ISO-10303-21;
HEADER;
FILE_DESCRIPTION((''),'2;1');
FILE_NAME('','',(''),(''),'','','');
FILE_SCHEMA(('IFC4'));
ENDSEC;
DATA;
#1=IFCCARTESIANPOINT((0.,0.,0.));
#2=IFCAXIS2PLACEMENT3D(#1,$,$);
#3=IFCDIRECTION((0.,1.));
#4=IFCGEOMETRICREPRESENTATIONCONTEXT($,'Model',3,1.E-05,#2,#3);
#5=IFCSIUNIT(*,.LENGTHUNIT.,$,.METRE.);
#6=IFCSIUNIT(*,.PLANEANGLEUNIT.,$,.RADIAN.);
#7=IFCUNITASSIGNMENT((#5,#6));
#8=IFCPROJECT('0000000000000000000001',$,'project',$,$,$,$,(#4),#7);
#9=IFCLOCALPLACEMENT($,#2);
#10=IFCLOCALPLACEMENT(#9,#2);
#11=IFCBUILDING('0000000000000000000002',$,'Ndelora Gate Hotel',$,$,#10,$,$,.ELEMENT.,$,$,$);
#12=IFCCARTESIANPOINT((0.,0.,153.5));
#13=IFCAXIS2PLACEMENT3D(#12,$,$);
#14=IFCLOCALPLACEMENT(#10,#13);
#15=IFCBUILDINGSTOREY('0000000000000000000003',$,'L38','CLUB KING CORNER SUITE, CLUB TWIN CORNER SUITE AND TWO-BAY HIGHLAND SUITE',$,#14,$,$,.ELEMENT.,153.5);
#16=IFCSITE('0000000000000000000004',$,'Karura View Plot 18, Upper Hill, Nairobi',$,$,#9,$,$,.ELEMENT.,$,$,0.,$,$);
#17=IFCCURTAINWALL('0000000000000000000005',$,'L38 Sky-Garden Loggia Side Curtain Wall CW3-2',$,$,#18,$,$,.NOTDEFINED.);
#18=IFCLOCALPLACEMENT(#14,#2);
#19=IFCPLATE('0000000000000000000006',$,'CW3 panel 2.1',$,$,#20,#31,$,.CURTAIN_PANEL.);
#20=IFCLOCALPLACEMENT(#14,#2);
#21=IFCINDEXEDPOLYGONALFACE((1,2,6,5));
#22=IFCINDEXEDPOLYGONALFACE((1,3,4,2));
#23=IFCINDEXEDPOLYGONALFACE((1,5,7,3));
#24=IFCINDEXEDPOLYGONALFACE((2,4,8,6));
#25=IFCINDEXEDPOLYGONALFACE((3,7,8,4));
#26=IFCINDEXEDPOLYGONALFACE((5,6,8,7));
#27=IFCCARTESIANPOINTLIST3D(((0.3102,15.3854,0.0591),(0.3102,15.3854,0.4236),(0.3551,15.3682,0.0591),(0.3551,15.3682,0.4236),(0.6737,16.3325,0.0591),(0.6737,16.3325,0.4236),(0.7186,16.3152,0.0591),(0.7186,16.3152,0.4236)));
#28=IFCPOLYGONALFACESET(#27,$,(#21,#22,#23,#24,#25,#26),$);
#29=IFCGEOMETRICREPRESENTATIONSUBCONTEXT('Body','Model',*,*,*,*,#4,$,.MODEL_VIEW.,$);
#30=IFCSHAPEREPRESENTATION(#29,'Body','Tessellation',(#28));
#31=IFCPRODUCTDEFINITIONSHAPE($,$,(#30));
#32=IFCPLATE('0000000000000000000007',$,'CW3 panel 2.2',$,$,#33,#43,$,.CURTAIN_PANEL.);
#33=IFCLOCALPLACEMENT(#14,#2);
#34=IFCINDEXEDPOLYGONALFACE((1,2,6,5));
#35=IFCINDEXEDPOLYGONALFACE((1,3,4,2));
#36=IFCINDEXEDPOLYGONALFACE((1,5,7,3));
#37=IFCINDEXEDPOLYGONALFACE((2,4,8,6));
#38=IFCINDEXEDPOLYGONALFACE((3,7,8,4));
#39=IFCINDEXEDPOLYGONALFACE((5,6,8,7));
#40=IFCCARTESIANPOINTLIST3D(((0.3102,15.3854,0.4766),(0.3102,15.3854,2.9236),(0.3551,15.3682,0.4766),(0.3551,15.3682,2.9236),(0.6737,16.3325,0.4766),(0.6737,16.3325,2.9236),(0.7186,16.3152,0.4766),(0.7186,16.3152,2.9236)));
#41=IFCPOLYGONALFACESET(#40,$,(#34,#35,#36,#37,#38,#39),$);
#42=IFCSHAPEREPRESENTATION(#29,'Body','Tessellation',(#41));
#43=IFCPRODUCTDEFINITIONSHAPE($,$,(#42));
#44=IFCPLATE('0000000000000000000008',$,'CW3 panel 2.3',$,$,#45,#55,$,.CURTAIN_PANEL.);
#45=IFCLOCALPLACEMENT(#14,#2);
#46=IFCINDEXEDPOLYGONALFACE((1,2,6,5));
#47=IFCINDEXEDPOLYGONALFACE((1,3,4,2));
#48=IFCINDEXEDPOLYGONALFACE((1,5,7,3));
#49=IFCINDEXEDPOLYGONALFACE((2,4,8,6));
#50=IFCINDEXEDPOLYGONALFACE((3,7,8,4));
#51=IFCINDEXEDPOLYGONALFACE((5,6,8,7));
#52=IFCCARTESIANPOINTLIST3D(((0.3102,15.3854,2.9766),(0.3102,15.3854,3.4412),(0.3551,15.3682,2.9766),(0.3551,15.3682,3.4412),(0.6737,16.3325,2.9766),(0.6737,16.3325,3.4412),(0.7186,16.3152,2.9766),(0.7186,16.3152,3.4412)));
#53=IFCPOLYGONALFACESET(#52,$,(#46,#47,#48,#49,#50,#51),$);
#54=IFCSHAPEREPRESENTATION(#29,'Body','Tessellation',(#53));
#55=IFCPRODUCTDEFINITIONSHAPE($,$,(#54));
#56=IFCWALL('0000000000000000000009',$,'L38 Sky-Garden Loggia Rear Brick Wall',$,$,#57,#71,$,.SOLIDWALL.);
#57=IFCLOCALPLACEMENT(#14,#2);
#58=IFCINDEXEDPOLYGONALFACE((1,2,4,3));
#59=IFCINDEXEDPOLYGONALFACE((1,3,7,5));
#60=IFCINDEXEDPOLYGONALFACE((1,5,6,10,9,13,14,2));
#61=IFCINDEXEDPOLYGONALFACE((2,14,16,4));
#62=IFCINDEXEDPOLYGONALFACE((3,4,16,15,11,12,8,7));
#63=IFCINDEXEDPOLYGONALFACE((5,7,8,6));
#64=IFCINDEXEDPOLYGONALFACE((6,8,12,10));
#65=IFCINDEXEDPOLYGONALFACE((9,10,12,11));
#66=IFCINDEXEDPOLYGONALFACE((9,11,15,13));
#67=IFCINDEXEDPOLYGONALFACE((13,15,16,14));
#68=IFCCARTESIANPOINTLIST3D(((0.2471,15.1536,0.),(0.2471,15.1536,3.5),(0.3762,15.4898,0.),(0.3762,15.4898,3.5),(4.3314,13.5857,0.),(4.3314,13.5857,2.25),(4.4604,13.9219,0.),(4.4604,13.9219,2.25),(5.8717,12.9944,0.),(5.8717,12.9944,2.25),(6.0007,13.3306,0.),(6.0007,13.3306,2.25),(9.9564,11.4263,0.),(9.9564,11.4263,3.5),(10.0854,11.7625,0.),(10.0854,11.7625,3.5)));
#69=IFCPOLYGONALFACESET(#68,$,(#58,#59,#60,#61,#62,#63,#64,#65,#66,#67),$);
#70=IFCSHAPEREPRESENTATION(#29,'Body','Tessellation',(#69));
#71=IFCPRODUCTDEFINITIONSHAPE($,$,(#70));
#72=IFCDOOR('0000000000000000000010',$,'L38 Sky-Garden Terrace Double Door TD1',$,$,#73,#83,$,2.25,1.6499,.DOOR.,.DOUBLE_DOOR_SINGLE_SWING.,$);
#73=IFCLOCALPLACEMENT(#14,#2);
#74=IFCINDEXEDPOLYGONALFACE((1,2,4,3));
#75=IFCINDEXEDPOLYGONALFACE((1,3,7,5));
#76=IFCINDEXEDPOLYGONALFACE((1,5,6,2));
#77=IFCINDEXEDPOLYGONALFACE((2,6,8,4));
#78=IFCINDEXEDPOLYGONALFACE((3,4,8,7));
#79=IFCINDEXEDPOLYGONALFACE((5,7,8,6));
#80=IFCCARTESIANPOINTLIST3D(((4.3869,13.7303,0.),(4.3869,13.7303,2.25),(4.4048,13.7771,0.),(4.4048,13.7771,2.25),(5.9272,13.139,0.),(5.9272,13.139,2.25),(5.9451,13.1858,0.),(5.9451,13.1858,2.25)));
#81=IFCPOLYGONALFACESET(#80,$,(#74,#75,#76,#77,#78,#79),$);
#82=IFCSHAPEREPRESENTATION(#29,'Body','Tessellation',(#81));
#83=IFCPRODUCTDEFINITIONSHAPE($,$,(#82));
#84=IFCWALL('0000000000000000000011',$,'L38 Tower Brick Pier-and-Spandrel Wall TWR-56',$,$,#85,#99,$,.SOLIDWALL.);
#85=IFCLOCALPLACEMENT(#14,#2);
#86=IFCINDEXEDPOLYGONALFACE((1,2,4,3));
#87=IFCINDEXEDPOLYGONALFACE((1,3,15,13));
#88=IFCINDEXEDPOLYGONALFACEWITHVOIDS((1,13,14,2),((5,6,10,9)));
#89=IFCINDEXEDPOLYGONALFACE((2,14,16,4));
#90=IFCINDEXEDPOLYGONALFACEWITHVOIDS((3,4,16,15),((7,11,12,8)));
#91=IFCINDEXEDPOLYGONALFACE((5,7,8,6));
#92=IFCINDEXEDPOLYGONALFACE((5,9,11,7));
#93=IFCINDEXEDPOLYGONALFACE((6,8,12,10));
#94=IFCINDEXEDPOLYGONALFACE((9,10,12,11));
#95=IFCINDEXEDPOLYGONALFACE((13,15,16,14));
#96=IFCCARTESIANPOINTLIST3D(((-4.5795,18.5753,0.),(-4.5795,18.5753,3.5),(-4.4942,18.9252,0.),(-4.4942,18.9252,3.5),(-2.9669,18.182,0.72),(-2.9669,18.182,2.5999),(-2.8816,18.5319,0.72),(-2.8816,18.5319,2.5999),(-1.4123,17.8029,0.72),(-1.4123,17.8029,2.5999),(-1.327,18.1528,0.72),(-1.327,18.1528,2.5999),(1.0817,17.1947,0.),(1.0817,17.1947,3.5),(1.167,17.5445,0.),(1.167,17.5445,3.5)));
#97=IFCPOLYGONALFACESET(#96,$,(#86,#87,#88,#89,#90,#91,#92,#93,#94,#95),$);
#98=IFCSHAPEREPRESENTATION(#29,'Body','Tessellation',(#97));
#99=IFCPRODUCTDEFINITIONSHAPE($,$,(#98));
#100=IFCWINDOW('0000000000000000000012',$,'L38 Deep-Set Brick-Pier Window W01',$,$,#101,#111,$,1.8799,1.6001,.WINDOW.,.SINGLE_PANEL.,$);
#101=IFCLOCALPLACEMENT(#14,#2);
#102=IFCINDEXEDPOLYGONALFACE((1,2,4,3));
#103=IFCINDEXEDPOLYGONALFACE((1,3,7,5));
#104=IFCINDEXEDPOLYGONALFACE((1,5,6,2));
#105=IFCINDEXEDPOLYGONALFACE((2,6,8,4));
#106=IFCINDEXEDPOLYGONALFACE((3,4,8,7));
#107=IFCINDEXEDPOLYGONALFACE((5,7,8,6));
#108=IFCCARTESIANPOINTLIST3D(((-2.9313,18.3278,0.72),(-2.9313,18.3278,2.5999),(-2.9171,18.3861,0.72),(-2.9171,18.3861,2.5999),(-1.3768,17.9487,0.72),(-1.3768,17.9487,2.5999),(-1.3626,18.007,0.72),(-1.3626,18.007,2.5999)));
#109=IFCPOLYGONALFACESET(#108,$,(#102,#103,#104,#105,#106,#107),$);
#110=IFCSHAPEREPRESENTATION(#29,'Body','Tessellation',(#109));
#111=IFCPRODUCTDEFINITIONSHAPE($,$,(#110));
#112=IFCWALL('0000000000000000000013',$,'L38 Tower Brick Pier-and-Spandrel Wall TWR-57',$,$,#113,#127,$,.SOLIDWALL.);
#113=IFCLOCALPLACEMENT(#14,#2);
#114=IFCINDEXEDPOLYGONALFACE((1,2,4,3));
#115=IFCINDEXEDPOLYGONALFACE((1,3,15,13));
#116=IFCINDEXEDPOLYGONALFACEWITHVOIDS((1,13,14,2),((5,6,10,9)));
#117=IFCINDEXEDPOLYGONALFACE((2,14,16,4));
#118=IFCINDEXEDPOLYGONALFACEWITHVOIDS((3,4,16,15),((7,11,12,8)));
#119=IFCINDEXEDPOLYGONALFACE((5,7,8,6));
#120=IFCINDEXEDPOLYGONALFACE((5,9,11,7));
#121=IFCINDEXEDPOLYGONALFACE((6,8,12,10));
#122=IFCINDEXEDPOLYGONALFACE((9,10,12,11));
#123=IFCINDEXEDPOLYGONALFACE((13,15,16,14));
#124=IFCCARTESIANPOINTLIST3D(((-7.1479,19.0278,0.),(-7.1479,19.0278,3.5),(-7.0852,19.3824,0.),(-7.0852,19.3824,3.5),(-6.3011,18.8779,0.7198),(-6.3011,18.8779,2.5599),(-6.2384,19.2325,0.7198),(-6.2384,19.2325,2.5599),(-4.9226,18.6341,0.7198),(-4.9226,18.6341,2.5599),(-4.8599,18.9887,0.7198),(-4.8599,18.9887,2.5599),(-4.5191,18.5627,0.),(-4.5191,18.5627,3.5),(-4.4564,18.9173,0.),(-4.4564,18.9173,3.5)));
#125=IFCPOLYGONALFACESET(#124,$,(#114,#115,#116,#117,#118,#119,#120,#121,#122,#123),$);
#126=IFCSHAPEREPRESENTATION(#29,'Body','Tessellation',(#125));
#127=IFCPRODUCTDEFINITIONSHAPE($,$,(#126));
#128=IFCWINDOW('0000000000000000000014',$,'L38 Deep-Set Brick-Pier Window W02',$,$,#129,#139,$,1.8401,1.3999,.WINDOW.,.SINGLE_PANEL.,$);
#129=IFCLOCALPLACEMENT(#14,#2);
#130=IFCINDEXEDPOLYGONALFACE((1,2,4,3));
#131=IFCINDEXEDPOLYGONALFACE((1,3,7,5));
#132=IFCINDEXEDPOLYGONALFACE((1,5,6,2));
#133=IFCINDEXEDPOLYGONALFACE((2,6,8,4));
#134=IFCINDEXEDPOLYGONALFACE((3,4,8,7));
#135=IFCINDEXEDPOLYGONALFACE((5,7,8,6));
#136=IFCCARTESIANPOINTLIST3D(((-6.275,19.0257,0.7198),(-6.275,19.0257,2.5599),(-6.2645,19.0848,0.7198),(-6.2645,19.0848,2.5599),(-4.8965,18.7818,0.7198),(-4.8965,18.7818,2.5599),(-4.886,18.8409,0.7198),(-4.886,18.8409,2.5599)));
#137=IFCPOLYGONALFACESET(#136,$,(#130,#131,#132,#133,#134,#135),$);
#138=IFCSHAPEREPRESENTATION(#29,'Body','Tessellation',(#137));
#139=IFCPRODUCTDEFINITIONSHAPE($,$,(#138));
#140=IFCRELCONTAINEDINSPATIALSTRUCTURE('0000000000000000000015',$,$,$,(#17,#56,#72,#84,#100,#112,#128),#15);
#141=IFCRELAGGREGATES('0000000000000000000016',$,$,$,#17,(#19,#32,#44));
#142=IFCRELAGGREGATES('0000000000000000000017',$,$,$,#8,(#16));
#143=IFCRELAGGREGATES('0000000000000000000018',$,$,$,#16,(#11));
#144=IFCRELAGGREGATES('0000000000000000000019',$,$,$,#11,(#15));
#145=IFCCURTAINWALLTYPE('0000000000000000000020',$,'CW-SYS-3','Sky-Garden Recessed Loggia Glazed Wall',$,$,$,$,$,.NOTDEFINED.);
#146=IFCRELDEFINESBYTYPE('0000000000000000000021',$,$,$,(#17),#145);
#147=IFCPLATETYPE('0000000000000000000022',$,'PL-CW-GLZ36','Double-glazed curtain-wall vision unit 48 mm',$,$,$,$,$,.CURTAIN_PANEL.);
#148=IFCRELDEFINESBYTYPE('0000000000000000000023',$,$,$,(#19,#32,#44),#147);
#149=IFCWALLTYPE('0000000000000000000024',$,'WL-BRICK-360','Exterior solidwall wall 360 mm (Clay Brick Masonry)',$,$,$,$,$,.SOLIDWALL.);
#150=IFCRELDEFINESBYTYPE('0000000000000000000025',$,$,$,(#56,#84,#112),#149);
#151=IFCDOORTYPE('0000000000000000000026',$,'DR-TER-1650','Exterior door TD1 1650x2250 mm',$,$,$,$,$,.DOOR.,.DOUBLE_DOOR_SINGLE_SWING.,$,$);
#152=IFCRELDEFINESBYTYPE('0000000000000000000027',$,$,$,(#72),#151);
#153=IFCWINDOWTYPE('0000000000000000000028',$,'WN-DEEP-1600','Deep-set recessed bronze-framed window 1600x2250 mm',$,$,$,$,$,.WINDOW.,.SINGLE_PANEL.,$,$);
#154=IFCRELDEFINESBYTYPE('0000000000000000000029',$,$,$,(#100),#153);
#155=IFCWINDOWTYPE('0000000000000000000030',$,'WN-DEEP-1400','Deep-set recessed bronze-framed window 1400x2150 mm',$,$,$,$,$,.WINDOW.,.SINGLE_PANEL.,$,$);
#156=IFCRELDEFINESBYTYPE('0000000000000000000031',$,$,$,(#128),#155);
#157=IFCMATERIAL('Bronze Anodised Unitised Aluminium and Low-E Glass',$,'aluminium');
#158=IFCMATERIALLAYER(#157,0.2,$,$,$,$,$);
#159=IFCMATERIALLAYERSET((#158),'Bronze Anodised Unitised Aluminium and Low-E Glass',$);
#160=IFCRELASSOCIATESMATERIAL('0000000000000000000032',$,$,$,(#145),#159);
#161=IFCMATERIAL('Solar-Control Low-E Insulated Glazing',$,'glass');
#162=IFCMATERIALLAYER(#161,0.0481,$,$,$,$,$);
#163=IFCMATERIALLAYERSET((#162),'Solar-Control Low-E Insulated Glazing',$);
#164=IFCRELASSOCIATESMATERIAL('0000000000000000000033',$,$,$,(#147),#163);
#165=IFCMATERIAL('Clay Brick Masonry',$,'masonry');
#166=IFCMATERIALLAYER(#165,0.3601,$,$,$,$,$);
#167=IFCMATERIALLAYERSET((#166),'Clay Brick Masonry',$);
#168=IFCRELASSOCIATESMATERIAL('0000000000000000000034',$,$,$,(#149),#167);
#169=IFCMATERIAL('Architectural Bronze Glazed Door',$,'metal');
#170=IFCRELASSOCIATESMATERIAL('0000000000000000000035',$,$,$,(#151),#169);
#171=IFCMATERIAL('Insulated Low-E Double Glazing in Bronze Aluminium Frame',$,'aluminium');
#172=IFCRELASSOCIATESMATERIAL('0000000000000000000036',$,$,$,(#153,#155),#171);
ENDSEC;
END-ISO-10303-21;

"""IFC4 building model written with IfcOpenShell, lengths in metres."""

from ifc_helpers import new_model, si_unit, direction, frame, frame_2d, origin, origin_2d, place, context, subcontext, project, spatial, rectangle, extrude, material, layer, layer_set, type_object, element, fill, aggregate, save


model = new_model("IFC4")

# Units and contexts
model_context = context("Model", 3, precision=1e-05, world=origin(), true_north=direction((0.0, 1.0)))
body_context = subcontext(model_context, "Body", "Model", "MODEL_VIEW")
ifc_project = project(units=[si_unit("LENGTHUNIT", "METRE"), si_unit("PLANEANGLEUNIT", "RADIAN")], contexts=[model_context])

# Site, building, storey
site_placement = place(None, origin())
site = spatial("IfcSite", under=ifc_project, at=site_placement, Name="Karura View Plot 18, Upper Hill, Nairobi", CompositionType="ELEMENT", RefElevation=0.0)
building_placement = place(site_placement, origin())
building = spatial("IfcBuilding", under=site, at=building_placement, Name="Ndelora Gate Hotel", CompositionType="ELEMENT")
storey_placement = place(building_placement, frame((0.0, 0.0, 153.5)))
storey = spatial("IfcBuildingStorey", under=building, at=storey_placement, Name="L38", Description="CLUB KING CORNER SUITE, CLUB TWIN CORNER SUITE AND TWO-BAY HIGHLAND SUITE", CompositionType="ELEMENT", Elevation=153.5)

# Curtain wall, plates
ifc_material_1 = material(Name="Bronze Anodised Unitised Aluminium and Low-E Glass", Category="aluminium")
ifc_layer_1 = layer(ifc_material_1, 0.2)
ifc_layer_set_1 = layer_set([ifc_layer_1], Name="Bronze Anodised Unitised Aluminium and Low-E Glass")
curtain_wall_type = type_object("IfcCurtainWallType", Name="CW-SYS-3", Description="Sky-Garden Recessed Loggia Glazed Wall", PredefinedType="NOTDEFINED", material=ifc_layer_set_1)
curtain_wall_placement = place(storey_placement, origin())
curtain_wall = element("IfcCurtainWall", 1, at=curtain_wall_placement, inside=storey, type_object=curtain_wall_type, Name="L38 Sky-Garden Loggia Side Curtain Wall CW3-2", PredefinedType="NOTDEFINED")
ifc_material_2 = material(Name="Solar-Control Low-E Insulated Glazing", Category="glass")
ifc_layer_2 = layer(ifc_material_2, 0.0481)
ifc_layer_set_2 = layer_set([ifc_layer_2], Name="Solar-Control Low-E Insulated Glazing")
plate_type = type_object("IfcPlateType", Name="PL-CW-GLZ36", Description="Double-glazed curtain-wall vision unit 48 mm", PredefinedType="CURTAIN_PANEL", material=ifc_layer_set_2)
plate_1_placement = place(storey_placement, frame((0.5144, 15.8503, 0.0591), z_axis=(0.0, 0.0, 1.0), x_axis=(-0.358376, -0.933577, 0.0)))
plate_1 = element("IfcPlate", 2, at=plate_1_placement, type_object=plate_type, Name="CW3 panel 2.1", PredefinedType="CURTAIN_PANEL", context=body_context, shape_type="SweptSolid", body=[
    extrude(rectangle(XDim=1.0144, YDim=0.0481, at=origin_2d()), origin(), (0.0, 0.0, 1.0), 0.3645),
])
plate_2_placement = place(storey_placement, frame((0.5144, 15.8503, 0.4766), z_axis=(0.0, 0.0, 1.0), x_axis=(-0.358376, -0.933577, 0.0)))
plate_2 = element("IfcPlate", 3, at=plate_2_placement, type_object=plate_type, Name="CW3 panel 2.2", PredefinedType="CURTAIN_PANEL", context=body_context, shape_type="SweptSolid", body=[
    extrude(rectangle(XDim=1.0144, YDim=0.0481, at=origin_2d()), origin(), (0.0, 0.0, 1.0), 2.447),
])
plate_3_placement = place(storey_placement, frame((0.5144, 15.8503, 2.9766), z_axis=(0.0, 0.0, 1.0), x_axis=(-0.358376, -0.933577, 0.0)))
plate_3 = element("IfcPlate", 4, at=plate_3_placement, type_object=plate_type, Name="CW3 panel 2.3", PredefinedType="CURTAIN_PANEL", context=body_context, shape_type="SweptSolid", body=[
    extrude(rectangle(XDim=1.0144, YDim=0.0481, at=origin_2d()), origin(), (0.0, 0.0, 1.0), 0.4646),
])
aggregate(curtain_wall, [plate_1, plate_2, plate_3])

# Wall, opening, door
ifc_material_3 = material(Name="Clay Brick Masonry", Category="masonry")
ifc_layer_3 = layer(ifc_material_3, 0.3601)
ifc_layer_set_3 = layer_set([ifc_layer_3], Name="Clay Brick Masonry")
wall_type_1 = type_object("IfcWallType", Name="WL-BRICK-360", Description="Exterior solidwall wall 360 mm (Clay Brick Masonry)", PredefinedType="SOLIDWALL", material=ifc_layer_set_3)
wall_1_placement = place(storey_placement, frame((0.3115, 15.3218, 0.0), z_axis=(0.0, 0.0, 1.0), x_axis=(0.933572, -0.358391, 0.0)))
wall_1 = element("IfcWall", 5, at=wall_1_placement, inside=storey, type_object=wall_type_1, Name="L38 Sky-Garden Loggia Rear Brick Wall", PredefinedType="SOLIDWALL", context=body_context, shape_type="SweptSolid", body=[
    extrude(rectangle(XDim=10.4001, YDim=0.3601, at=frame_2d((5.2002, 0.0))), origin(), (0.0, 0.0, 1.0), 3.5),
])
opening_1_placement = place(wall_1_placement, frame((4.375, 0.0, 0.0)))
opening_1 = element("IfcOpeningElement", 6, at=opening_1_placement, cuts=wall_1, PredefinedType="OPENING", context=body_context, shape_type="SweptSolid", body=[
    extrude(rectangle(XDim=1.6499, YDim=2.25, at=frame_2d((0.825, 1.125))), frame((0.0, 0.1899, 0.0), z_axis=(0.0, -1.0, 0.0), x_axis=(1.0, 0.0, 0.0)), (0.0, 0.0, 1.0), 0.3801),
])
ifc_material_4 = material(Name="Architectural Bronze Glazed Door", Category="metal")
door_type_1 = type_object("IfcDoorType", Name="DR-TER-1650", Description="Exterior door TD1 1650x2250 mm", OperationType="DOUBLE_DOOR_SINGLE_SWING", PredefinedType="DOOR", material=ifc_material_4)
door_1_placement = place(opening_1_placement, origin())
door_1 = element("IfcDoor", 7, at=door_1_placement, inside=storey, type_object=door_type_1, Name="L38 Sky-Garden Terrace Double Door TD1", OperationType="DOUBLE_DOOR_SINGLE_SWING", OverallHeight=2.25, OverallWidth=1.6499, PredefinedType="DOOR", context=body_context, shape_type="SweptSolid", body=[
    extrude(rectangle(XDim=1.6499, YDim=2.25, at=frame_2d((0.825, 1.125))), frame((0.0, 0.0249, 0.0), z_axis=(0.0, -1.0, 0.0), x_axis=(1.0, 0.0, 0.0)), (0.0, 0.0, 1.0), 0.05),
])
fill(opening_1, door_1)

# Walls, openings, windows
wall_2_placement = place(storey_placement, frame((-4.5369, 18.7502, 0.0), z_axis=(0.0, 0.0, 1.0), x_axis=(0.971526, -0.236932, 0.0)))
wall_2 = element("IfcWall", 8, at=wall_2_placement, inside=storey, type_object=wall_type_1, Name="L38 Tower Brick Pier-and-Spandrel Wall TWR-56", PredefinedType="SOLIDWALL", context=body_context, shape_type="SweptSolid", body=[
    extrude(rectangle(XDim=5.8271, YDim=0.3601, at=frame_2d((2.9136, 0.0))), origin(), (0.0, 0.0, 1.0), 3.5),
])
opening_2_placement = place(wall_2_placement, frame((1.6599, 0.0, 0.72)))
opening_2 = element("IfcOpeningElement", 9, at=opening_2_placement, cuts=wall_2, PredefinedType="OPENING", context=body_context, shape_type="SweptSolid", body=[
    extrude(rectangle(XDim=1.6001, YDim=1.8799, at=frame_2d((0.8, 0.9399))), frame((0.0, 0.1899, 0.0), z_axis=(0.0, -1.0, 0.0), x_axis=(1.0, 0.0, 0.0)), (0.0, 0.0, 1.0), 0.3801),
])
ifc_material_5 = material(Name="Insulated Low-E Double Glazing in Bronze Aluminium Frame", Category="aluminium")
window_type_1 = type_object("IfcWindowType", Name="WN-DEEP-1600", Description="Deep-set recessed bronze-framed window 1600x2250 mm", PartitioningType="SINGLE_PANEL", PredefinedType="WINDOW", material=ifc_material_5)
window_1_placement = place(opening_2_placement, origin())
window_1 = element("IfcWindow", 10, at=window_1_placement, inside=storey, type_object=window_type_1, Name="L38 Deep-Set Brick-Pier Window W01", OverallHeight=1.8799, OverallWidth=1.6001, PartitioningType="SINGLE_PANEL", PredefinedType="WINDOW", context=body_context, shape_type="SweptSolid", body=[
    extrude(rectangle(XDim=1.6001, YDim=1.8799, at=frame_2d((0.8, 0.9399))), frame((0.0, 0.03, 0.0), z_axis=(0.0, -1.0, 0.0), x_axis=(1.0, 0.0, 0.0)), (0.0, 0.0, 1.0), 0.0601),
])
fill(opening_2, window_1)
wall_3_placement = place(storey_placement, frame((-7.1167, 19.2051, 0.0), z_axis=(0.0, 0.0, 1.0), x_axis=(0.984709, -0.174208, 0.0)))
wall_3 = element("IfcWall", 11, at=wall_3_placement, inside=storey, type_object=wall_type_1, Name="L38 Tower Brick Pier-and-Spandrel Wall TWR-57", PredefinedType="SOLIDWALL", context=body_context, shape_type="SweptSolid", body=[
    extrude(rectangle(XDim=2.6697, YDim=0.3601, at=frame_2d((1.335, 0.0))), origin(), (0.0, 0.0, 1.0), 3.5),
])
opening_3_placement = place(wall_3_placement, frame((0.8601, 0.0, 0.72)))
opening_3 = element("IfcOpeningElement", 12, at=opening_3_placement, cuts=wall_3, PredefinedType="OPENING", context=body_context, shape_type="SweptSolid", body=[
    extrude(rectangle(XDim=1.3999, YDim=1.8401, at=frame_2d((0.7, 0.9199))), frame((0.0, 0.1899, 0.0), z_axis=(0.0, -1.0, 0.0), x_axis=(1.0, 0.0, 0.0)), (0.0, 0.0, 1.0), 0.3801),
])
window_type_2 = type_object("IfcWindowType", Name="WN-DEEP-1400", Description="Deep-set recessed bronze-framed window 1400x2150 mm", PartitioningType="SINGLE_PANEL", PredefinedType="WINDOW", material=ifc_material_5)
window_2_placement = place(opening_3_placement, origin())
window_2 = element("IfcWindow", 13, at=window_2_placement, inside=storey, type_object=window_type_2, Name="L38 Deep-Set Brick-Pier Window W02", OverallHeight=1.8401, OverallWidth=1.3999, PartitioningType="SINGLE_PANEL", PredefinedType="WINDOW", context=body_context, shape_type="SweptSolid", body=[
    extrude(rectangle(XDim=1.3999, YDim=1.8401, at=frame_2d((0.7, 0.9199))), frame((0.0, 0.03, 0.0), z_axis=(0.0, -1.0, 0.0), x_axis=(1.0, 0.0, 0.0)), (0.0, 0.0, 1.0), 0.0601),
])
fill(opening_3, window_2)

save(model, "model.ifc")
